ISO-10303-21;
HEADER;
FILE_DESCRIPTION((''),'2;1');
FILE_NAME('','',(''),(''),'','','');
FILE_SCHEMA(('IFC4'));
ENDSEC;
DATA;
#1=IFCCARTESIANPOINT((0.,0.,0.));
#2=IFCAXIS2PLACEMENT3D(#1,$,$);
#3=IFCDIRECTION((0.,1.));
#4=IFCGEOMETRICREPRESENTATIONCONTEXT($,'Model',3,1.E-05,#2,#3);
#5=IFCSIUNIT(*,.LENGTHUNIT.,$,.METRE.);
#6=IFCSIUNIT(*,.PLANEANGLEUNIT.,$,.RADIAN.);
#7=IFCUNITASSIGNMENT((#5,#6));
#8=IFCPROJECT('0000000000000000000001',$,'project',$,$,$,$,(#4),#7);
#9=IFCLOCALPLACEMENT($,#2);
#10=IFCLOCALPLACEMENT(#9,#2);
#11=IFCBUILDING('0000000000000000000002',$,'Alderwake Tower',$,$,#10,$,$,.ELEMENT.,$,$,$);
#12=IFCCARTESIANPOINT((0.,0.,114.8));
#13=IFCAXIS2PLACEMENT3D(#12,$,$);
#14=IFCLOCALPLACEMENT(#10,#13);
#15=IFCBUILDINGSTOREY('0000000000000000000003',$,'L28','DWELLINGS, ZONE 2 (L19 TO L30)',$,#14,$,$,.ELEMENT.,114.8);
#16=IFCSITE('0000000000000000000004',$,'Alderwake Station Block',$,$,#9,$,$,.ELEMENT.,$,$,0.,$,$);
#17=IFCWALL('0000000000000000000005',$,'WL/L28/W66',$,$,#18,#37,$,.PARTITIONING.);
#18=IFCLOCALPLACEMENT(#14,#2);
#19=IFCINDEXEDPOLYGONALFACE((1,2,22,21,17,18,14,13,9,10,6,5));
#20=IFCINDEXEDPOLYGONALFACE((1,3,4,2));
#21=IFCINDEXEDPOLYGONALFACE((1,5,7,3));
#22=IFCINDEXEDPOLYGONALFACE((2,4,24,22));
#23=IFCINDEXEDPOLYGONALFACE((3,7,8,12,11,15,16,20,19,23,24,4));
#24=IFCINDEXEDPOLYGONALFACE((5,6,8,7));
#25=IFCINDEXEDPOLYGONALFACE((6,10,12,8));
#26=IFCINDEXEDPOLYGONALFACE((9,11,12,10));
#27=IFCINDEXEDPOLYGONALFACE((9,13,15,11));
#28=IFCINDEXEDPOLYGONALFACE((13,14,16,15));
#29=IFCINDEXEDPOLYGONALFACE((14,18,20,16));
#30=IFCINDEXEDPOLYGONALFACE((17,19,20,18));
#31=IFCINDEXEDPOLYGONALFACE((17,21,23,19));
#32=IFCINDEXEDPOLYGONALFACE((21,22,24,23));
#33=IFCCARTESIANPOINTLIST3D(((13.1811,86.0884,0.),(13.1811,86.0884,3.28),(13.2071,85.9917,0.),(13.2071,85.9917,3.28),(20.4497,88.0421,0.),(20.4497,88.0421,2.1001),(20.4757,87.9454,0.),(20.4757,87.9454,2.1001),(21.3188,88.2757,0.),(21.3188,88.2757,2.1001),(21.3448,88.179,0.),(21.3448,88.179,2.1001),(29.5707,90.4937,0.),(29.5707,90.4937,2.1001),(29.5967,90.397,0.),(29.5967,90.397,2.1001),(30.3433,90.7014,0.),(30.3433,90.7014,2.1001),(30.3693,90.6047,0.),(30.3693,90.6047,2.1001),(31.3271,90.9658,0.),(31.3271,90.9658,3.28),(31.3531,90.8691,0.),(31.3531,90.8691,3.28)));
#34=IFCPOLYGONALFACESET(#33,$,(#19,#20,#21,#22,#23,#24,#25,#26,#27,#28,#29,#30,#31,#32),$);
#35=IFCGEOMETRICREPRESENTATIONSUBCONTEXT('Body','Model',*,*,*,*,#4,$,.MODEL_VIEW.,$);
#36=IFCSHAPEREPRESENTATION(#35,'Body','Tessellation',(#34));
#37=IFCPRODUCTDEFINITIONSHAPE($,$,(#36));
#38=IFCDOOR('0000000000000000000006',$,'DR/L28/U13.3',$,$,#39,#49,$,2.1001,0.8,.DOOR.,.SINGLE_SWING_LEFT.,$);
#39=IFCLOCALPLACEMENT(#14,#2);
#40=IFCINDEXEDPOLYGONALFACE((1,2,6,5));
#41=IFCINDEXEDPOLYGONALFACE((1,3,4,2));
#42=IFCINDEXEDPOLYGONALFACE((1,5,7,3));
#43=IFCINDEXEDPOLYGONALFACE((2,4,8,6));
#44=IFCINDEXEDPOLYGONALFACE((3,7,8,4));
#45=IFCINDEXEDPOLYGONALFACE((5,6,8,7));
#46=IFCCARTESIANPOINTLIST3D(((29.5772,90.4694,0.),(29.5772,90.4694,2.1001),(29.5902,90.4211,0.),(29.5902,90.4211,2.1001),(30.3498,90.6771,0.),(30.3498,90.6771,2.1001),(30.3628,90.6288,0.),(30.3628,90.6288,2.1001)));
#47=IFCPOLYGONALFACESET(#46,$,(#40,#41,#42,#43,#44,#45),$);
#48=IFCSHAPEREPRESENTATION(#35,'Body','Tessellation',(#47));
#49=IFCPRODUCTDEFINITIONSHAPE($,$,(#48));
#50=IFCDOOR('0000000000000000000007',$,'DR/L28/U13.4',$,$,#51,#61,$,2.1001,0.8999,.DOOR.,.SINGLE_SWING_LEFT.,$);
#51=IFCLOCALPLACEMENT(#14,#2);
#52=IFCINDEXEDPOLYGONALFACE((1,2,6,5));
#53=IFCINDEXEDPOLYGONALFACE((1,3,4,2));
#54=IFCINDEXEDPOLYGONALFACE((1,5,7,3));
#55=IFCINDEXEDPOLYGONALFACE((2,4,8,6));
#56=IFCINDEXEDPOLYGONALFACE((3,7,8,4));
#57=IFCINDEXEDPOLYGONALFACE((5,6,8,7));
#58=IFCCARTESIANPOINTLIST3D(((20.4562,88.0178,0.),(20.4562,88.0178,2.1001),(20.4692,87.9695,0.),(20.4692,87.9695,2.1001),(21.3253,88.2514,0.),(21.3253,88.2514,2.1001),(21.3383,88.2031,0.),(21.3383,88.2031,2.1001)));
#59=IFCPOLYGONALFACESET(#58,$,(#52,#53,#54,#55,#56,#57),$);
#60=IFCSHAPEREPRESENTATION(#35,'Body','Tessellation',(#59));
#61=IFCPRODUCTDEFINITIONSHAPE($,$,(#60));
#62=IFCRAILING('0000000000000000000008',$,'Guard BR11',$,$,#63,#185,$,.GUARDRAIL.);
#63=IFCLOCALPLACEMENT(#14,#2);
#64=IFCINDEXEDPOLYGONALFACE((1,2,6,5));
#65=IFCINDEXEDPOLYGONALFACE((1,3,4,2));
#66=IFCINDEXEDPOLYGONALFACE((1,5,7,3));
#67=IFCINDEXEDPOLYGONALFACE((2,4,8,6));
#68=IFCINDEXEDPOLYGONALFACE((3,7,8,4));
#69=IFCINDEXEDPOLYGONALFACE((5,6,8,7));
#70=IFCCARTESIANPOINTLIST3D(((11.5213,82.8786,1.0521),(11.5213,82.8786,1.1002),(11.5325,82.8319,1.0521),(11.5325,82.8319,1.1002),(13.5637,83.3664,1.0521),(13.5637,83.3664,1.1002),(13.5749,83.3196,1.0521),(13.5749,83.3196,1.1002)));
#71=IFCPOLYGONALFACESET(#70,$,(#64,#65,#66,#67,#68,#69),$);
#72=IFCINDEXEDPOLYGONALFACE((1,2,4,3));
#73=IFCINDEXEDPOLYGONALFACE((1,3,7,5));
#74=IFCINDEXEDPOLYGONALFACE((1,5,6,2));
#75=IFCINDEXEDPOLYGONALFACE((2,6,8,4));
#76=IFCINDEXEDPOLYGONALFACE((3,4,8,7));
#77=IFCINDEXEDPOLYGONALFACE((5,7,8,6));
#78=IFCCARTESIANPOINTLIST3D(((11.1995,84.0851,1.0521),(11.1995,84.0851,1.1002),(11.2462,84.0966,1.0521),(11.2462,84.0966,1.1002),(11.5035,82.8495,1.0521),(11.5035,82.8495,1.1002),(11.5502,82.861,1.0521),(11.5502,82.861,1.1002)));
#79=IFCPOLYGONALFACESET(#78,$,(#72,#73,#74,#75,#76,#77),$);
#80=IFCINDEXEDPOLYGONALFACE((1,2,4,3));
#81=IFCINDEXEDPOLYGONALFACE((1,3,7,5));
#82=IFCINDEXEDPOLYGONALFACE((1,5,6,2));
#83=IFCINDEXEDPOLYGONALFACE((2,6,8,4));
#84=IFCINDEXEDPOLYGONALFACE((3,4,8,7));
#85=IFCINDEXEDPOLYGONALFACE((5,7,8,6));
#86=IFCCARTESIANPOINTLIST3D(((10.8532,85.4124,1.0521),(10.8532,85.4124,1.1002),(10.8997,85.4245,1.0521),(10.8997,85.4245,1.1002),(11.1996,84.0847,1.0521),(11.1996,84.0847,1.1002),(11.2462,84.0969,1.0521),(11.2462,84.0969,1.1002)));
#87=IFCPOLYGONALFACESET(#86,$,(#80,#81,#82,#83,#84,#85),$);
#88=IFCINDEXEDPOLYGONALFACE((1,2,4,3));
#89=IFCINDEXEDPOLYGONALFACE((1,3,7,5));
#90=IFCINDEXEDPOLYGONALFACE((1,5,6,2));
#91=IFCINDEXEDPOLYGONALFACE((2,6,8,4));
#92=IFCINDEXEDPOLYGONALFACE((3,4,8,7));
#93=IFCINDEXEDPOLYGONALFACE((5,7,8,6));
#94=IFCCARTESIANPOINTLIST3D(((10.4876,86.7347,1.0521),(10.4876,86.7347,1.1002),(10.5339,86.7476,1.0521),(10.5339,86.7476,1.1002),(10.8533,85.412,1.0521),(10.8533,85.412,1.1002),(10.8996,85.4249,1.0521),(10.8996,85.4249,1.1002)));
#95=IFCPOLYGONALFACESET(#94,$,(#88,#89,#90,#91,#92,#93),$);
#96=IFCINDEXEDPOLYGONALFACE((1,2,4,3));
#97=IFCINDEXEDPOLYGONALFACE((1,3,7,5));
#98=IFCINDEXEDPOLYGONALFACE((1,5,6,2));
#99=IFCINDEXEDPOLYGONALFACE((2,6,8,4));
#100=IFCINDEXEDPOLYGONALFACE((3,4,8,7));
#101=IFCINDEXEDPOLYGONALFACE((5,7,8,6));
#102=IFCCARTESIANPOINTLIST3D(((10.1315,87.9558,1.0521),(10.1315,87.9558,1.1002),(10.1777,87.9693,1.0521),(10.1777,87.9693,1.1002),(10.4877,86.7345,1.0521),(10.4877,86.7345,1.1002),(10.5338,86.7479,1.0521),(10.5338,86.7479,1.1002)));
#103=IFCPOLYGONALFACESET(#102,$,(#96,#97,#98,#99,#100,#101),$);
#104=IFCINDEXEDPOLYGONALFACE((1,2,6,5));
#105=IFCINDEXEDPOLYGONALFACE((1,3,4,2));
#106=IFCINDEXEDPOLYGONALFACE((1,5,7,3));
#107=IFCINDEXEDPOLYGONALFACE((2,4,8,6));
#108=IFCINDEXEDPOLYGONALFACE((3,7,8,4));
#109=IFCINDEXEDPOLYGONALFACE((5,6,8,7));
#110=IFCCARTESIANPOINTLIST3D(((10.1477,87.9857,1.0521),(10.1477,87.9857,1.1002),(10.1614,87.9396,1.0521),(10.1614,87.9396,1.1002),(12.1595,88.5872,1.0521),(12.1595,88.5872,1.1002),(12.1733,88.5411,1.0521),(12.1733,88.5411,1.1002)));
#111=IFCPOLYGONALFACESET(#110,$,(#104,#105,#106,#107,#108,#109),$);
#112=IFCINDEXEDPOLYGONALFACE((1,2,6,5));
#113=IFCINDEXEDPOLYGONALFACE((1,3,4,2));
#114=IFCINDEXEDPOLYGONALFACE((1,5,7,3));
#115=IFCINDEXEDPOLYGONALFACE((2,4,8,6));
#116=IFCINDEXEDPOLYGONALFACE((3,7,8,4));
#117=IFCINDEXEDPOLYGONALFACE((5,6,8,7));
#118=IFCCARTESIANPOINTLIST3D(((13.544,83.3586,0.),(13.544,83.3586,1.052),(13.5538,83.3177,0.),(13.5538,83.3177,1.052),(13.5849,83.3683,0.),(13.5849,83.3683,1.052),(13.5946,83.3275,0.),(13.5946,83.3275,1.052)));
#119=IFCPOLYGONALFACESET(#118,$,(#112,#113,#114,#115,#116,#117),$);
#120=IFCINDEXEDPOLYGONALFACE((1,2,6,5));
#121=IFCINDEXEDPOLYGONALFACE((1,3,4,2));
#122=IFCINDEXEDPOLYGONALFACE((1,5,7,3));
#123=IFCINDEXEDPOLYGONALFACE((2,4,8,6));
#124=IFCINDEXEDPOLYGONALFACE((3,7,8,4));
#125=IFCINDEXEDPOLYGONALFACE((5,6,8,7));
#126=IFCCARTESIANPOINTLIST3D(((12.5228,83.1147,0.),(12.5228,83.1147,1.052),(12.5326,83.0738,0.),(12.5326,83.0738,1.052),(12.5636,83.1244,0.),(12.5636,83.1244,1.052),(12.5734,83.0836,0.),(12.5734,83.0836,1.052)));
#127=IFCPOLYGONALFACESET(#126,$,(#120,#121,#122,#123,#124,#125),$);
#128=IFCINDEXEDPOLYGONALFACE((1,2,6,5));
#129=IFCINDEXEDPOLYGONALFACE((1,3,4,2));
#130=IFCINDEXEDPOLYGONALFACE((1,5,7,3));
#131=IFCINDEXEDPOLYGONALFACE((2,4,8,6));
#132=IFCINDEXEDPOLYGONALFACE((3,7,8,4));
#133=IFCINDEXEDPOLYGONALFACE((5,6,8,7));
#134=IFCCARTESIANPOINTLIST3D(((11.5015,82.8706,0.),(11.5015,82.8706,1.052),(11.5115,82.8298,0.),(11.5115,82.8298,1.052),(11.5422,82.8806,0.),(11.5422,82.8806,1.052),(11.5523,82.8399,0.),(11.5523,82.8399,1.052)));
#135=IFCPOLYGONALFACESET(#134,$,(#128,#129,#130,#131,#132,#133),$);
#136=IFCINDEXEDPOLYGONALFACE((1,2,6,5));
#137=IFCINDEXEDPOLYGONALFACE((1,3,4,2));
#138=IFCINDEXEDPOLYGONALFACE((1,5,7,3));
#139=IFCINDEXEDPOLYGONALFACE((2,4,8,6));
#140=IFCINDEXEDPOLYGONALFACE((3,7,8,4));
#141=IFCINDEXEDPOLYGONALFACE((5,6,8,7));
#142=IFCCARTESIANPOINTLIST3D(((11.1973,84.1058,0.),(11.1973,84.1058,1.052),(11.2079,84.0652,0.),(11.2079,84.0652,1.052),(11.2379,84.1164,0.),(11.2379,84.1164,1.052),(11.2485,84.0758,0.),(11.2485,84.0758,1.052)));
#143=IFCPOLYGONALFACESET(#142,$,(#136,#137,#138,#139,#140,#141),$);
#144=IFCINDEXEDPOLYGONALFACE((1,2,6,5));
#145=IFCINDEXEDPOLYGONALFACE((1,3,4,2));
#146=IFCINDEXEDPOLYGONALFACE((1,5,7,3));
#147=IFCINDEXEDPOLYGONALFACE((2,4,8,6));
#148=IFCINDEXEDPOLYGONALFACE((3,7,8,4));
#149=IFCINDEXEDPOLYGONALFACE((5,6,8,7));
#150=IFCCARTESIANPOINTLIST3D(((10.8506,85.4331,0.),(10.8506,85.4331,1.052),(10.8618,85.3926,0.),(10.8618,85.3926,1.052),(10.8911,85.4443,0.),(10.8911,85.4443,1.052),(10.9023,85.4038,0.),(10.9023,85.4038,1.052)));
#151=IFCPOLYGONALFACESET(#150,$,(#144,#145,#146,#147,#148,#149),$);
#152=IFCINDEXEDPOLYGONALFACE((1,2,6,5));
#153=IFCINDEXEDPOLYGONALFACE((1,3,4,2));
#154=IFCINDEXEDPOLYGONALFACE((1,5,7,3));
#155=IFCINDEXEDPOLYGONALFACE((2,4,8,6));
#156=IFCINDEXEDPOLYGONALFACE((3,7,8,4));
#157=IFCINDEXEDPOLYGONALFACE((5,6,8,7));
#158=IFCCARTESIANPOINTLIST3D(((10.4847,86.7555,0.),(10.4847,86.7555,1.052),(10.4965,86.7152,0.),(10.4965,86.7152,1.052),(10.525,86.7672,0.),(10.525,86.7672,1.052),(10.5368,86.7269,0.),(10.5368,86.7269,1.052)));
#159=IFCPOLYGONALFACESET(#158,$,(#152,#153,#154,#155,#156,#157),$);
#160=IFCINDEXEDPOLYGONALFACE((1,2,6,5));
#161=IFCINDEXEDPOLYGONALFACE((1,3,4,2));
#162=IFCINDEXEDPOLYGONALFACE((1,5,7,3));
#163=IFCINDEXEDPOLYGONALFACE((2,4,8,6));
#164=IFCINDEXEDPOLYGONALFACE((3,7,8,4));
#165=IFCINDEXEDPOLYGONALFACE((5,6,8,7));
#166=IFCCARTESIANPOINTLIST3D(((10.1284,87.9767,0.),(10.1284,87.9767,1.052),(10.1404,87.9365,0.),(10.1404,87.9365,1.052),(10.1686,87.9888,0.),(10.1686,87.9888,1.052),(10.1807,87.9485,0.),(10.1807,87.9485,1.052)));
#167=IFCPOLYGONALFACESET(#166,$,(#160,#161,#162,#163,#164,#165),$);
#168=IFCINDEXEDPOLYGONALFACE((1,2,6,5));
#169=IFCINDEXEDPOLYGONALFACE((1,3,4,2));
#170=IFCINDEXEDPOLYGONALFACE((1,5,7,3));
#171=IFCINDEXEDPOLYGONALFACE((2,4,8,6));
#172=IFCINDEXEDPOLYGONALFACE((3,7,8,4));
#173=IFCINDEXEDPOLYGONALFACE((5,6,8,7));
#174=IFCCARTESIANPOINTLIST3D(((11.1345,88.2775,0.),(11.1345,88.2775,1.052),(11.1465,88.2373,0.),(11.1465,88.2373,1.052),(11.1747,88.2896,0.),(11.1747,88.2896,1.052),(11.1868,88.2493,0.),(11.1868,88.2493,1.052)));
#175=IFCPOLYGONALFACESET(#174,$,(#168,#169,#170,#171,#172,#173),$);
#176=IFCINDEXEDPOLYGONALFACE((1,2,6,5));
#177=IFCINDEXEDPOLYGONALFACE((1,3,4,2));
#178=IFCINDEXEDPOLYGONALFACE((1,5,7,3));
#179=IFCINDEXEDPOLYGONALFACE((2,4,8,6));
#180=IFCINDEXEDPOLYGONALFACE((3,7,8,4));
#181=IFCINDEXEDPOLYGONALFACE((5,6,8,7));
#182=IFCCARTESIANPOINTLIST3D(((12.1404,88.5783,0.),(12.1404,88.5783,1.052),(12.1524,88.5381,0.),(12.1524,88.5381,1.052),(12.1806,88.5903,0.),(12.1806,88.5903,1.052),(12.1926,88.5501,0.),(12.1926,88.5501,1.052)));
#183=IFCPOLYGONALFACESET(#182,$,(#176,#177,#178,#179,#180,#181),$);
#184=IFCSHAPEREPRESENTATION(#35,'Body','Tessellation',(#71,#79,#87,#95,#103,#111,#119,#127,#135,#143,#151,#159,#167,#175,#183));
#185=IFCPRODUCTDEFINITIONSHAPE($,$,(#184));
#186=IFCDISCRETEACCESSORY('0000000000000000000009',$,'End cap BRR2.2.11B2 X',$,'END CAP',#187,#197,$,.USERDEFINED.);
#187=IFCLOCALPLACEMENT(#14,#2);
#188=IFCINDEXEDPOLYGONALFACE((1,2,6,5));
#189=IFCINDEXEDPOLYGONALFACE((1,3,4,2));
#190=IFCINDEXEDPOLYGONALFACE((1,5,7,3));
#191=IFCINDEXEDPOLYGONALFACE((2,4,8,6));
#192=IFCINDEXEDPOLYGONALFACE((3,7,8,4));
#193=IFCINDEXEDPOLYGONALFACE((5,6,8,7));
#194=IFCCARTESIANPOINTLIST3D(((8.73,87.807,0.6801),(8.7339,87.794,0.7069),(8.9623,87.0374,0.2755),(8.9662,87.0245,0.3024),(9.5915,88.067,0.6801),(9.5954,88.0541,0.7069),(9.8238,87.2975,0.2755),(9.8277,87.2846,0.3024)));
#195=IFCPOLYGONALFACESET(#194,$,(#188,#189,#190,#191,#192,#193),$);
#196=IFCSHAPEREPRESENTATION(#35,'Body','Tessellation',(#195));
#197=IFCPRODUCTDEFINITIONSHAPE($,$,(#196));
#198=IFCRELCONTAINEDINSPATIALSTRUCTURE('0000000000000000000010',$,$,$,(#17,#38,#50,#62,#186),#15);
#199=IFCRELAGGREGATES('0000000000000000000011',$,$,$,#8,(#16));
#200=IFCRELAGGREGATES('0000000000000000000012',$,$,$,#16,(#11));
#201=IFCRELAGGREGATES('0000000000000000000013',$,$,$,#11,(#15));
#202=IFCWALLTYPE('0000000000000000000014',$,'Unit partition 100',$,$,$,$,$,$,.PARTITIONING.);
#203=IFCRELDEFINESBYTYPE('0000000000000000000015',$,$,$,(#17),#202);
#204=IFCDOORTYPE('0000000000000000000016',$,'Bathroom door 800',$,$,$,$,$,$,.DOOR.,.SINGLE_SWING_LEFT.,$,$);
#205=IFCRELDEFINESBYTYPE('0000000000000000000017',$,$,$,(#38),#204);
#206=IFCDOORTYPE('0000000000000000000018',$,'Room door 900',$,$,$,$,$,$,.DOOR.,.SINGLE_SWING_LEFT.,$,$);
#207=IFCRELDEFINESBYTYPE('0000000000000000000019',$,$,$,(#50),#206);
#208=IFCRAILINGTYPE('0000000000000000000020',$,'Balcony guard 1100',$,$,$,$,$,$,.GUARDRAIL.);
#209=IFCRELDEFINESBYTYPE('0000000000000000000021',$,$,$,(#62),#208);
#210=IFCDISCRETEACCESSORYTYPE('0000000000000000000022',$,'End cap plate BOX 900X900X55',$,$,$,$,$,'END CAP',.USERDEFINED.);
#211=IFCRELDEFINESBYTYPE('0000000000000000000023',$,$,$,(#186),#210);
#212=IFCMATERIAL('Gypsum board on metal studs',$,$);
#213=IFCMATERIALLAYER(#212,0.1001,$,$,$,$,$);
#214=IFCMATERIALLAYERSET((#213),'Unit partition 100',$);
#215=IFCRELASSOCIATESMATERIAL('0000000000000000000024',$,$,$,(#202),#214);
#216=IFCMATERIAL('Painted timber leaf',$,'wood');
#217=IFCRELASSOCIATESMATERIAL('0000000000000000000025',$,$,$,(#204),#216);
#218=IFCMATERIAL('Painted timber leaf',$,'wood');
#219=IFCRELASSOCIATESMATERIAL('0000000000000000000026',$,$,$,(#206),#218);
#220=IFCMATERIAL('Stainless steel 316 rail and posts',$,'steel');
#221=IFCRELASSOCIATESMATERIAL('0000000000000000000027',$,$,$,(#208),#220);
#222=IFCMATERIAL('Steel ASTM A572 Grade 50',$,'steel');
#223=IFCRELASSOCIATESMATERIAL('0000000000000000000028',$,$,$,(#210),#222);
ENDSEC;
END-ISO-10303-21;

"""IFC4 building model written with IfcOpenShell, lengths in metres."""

from ifc_helpers import new_model, si_unit, direction, frame, frame_2d, origin, origin_2d, place, context, subcontext, project, spatial, rectangle, extrude, material, layer, layer_set, material_profile, profile_set, type_object, element, fill, save


model = new_model("IFC4")

# Units and contexts
model_context = context("Model", 3, precision=1e-05, world=origin(), true_north=direction((0.0, 1.0)))
body_context = subcontext(model_context, "Body", "Model", "MODEL_VIEW")
ifc_project = project(units=[si_unit("LENGTHUNIT", "METRE"), si_unit("PLANEANGLEUNIT", "RADIAN")], contexts=[model_context])

# Site, building, storey
site_placement = place(None, origin())
site = spatial("IfcSite", under=ifc_project, at=site_placement, Name="Alderwake Station Block", CompositionType="ELEMENT", RefElevation=0.0)
building_placement = place(site_placement, origin())
building = spatial("IfcBuilding", under=site, at=building_placement, Name="Alderwake Tower", CompositionType="ELEMENT")
storey_placement = place(building_placement, frame((0.0, 0.0, 114.8)))
storey = spatial("IfcBuildingStorey", under=building, at=storey_placement, Name="L28", Description="DWELLINGS, ZONE 2 (L19 TO L30)", CompositionType="ELEMENT", Elevation=114.8)

# Wall, openings, doors
ifc_material_1 = material(Name="Gypsum board on metal studs")
ifc_layer_1 = layer(ifc_material_1, 0.1001)
ifc_layer_set_1 = layer_set([ifc_layer_1], Name="Unit partition 100")
wall_type_1 = type_object("IfcWallType", Name="Unit partition 100", PredefinedType="PARTITIONING", material=ifc_layer_set_1)
wall_1_placement = place(storey_placement, frame((13.1941, 86.04, 0.0), z_axis=(0.0, 0.0, 1.0), x_axis=(0.965723, 0.259576, 0.0)))
wall_1 = element("IfcWall", 1, at=wall_1_placement, inside=storey, type_object=wall_type_1, Name="WL/L28/W66", PredefinedType="PARTITIONING", context=body_context, shape_type="SweptSolid", body=[
    extrude(rectangle(XDim=18.79, YDim=0.1001, at=frame_2d((9.395, 0.0))), origin(), (0.0, 0.0, 1.0), 3.28),
])
opening_1_placement = place(wall_1_placement, frame((16.9714, 0.0, 0.0)))
opening_1 = element("IfcOpeningElement", 2, at=opening_1_placement, cuts=wall_1, PredefinedType="OPENING", context=body_context, shape_type="SweptSolid", body=[
    extrude(rectangle(XDim=0.8, YDim=2.1001, at=frame_2d((0.3999, 1.05))), frame((0.0, 0.0601, 0.0), z_axis=(0.0, -1.0, 0.0), x_axis=(1.0, 0.0, 0.0)), (0.0, 0.0, 1.0), 0.1201),
])
opening_2_placement = place(wall_1_placement, frame((7.5266, 0.0, 0.0)))
opening_2 = element("IfcOpeningElement", 3, at=opening_2_placement, cuts=wall_1, PredefinedType="OPENING", context=body_context, shape_type="SweptSolid", body=[
    extrude(rectangle(XDim=0.8999, YDim=2.1001, at=frame_2d((0.45, 1.05))), frame((0.0, 0.0601, 0.0), z_axis=(0.0, -1.0, 0.0), x_axis=(1.0, 0.0, 0.0)), (0.0, 0.0, 1.0), 0.1201),
])
ifc_material_2 = material(Name="Painted timber leaf", Category="wood")
door_type_1 = type_object("IfcDoorType", Name="Bathroom door 800", OperationType="SINGLE_SWING_LEFT", PredefinedType="DOOR", material=ifc_material_2)
door_1_placement = place(opening_1_placement, origin())
door_1 = element("IfcDoor", 4, at=door_1_placement, inside=storey, type_object=door_type_1, Name="DR/L28/U13.3", OperationType="SINGLE_SWING_LEFT", OverallHeight=2.1001, OverallWidth=0.8, PredefinedType="DOOR", context=body_context, shape_type="SweptSolid", body=[
    extrude(rectangle(XDim=0.8, YDim=2.1001, at=frame_2d((0.3999, 1.05))), frame((0.0, 0.0249, 0.0), z_axis=(0.0, -1.0, 0.0), x_axis=(1.0, 0.0, 0.0)), (0.0, 0.0, 1.0), 0.05),
])
fill(opening_1, door_1)
ifc_material_3 = material(Name="Painted timber leaf", Category="wood")
door_type_2 = type_object("IfcDoorType", Name="Room door 900", OperationType="SINGLE_SWING_LEFT", PredefinedType="DOOR", material=ifc_material_3)
door_2_placement = place(opening_2_placement, origin())
door_2 = element("IfcDoor", 5, at=door_2_placement, inside=storey, type_object=door_type_2, Name="DR/L28/U13.4", OperationType="SINGLE_SWING_LEFT", OverallHeight=2.1001, OverallWidth=0.8999, PredefinedType="DOOR", context=body_context, shape_type="SweptSolid", body=[
    extrude(rectangle(XDim=0.8999, YDim=2.1001, at=frame_2d((0.45, 1.05))), frame((0.0, 0.0249, 0.0), z_axis=(0.0, -1.0, 0.0), x_axis=(1.0, 0.0, 0.0)), (0.0, 0.0, 1.0), 0.05),
])
fill(opening_2, door_2)

# Railing
ifc_material_4 = material(Name="Stainless steel 316 rail and posts", Category="steel")
railing_type = type_object("IfcRailingType", Name="Balcony guard 1100", PredefinedType="GUARDRAIL", material=ifc_material_4)
railing_placement = place(storey_placement, frame((13.5693, 83.343, 0.0)))
element("IfcRailing", 6, at=railing_placement, inside=storey, type_object=railing_type, Name="Guard BR11", PredefinedType="GUARDRAIL", context=body_context, shape_type="SweptSolid", body=[
    extrude(rectangle(XDim=0.0481, YDim=0.0481, at=origin_2d()), frame((0.0, 0.0, 1.0762), z_axis=(-0.972646, -0.232291, 0.0), x_axis=(0.232291, -0.972646, 0.0)), (0.0, 0.0, 1.0), 2.0999),
    extrude(rectangle(XDim=0.0481, YDim=0.0481, at=origin_2d()), frame((-2.0425, -0.4878, 1.0762), z_axis=(-0.238877, 0.97105, 0.0), x_axis=(-0.97105, -0.238877, 0.0)), (0.0, 0.0, 1.0), 1.2725),
    extrude(rectangle(XDim=0.0481, YDim=0.0481, at=origin_2d()), frame((-2.3464, 0.7478, 1.0762), z_axis=(-0.252487, 0.9676, 0.0), x_axis=(-0.9676, -0.252487, 0.0)), (0.0, 0.0, 1.0), 1.3721),
    extrude(rectangle(XDim=0.0481, YDim=0.0481, at=origin_2d()), frame((-2.6929, 2.0754, 1.0762), z_axis=(-0.266488, 0.963838, 0.0), x_axis=(-0.963838, -0.266488, 0.0)), (0.0, 0.0, 1.0), 1.3723),
    extrude(rectangle(XDim=0.0481, YDim=0.0481, at=origin_2d()), frame((-3.0586, 3.3982, 1.0762), z_axis=(-0.279963, 0.960011, 0.0), x_axis=(-0.960011, -0.279963, 0.0)), (0.0, 0.0, 1.0), 1.2722),
    extrude(rectangle(XDim=0.0481, YDim=0.0481, at=origin_2d()), frame((-3.4148, 4.6196, 1.0762), z_axis=(0.958091, 0.286462, 0.0), x_axis=(-0.286462, 0.958091, 0.0)), (0.0, 0.0, 1.0), 2.0999),
    extrude(rectangle(XDim=0.042, YDim=0.042, at=origin_2d()), frame((0.0, 0.0, 0.0), z_axis=(0.0, 0.0, 1.0), x_axis=(-0.972646, -0.232291, 0.0)), (0.0, 0.0, 1.0), 1.052),
    extrude(rectangle(XDim=0.042, YDim=0.042, at=origin_2d()), frame((-1.0212, -0.2439, 0.0), z_axis=(0.0, 0.0, 1.0), x_axis=(-0.972646, -0.232291, 0.0)), (0.0, 0.0, 1.0), 1.052),
    extrude(rectangle(XDim=0.042, YDim=0.042, at=origin_2d()), frame((-2.0425, -0.4878, 0.0), z_axis=(0.0, 0.0, 1.0), x_axis=(-0.238877, 0.97105, 0.0)), (0.0, 0.0, 1.0), 1.052),
    extrude(rectangle(XDim=0.042, YDim=0.042, at=origin_2d()), frame((-2.3464, 0.7478, 0.0), z_axis=(0.0, 0.0, 1.0), x_axis=(-0.252487, 0.9676, 0.0)), (0.0, 0.0, 1.0), 1.052),
    extrude(rectangle(XDim=0.042, YDim=0.042, at=origin_2d()), frame((-2.6929, 2.0754, 0.0), z_axis=(0.0, 0.0, 1.0), x_axis=(-0.266488, 0.963838, 0.0)), (0.0, 0.0, 1.0), 1.052),
    extrude(rectangle(XDim=0.042, YDim=0.042, at=origin_2d()), frame((-3.0586, 3.3982, 0.0), z_axis=(0.0, 0.0, 1.0), x_axis=(-0.279963, 0.960011, 0.0)), (0.0, 0.0, 1.0), 1.052),
    extrude(rectangle(XDim=0.042, YDim=0.042, at=origin_2d()), frame((-3.4148, 4.6196, 0.0), z_axis=(0.0, 0.0, 1.0), x_axis=(0.958091, 0.286462, 0.0)), (0.0, 0.0, 1.0), 1.052),
    extrude(rectangle(XDim=0.042, YDim=0.042, at=origin_2d()), frame((-2.4087, 4.9204, 0.0), z_axis=(0.0, 0.0, 1.0), x_axis=(0.958091, 0.286462, 0.0)), (0.0, 0.0, 1.0), 1.052),
    extrude(rectangle(XDim=0.042, YDim=0.042, at=origin_2d()), frame((-1.4028, 5.2212, 0.0), z_axis=(0.0, 0.0, 1.0), x_axis=(0.958091, 0.286462, 0.0)), (0.0, 0.0, 1.0), 1.052),
])

# Discrete accessory
ifc_material_5 = material(Name="Steel ASTM A572 Grade 50", Category="steel")
ifc_material_profile_1 = material_profile(ifc_material_5, rectangle(XDim=0.8999, YDim=0.8999, at=origin_2d()), Name="BOX 900X900X55 cap")
ifc_profile_set_1 = profile_set([ifc_material_profile_1], Name="Steel ASTM A572 Grade 50")
discrete_accessory_type = type_object("IfcDiscreteAccessoryType", Name="End cap plate BOX 900X900X55", ElementType="END CAP", PredefinedType="USERDEFINED", material=ifc_profile_set_1)
discrete_accessory_placement = place(storey_placement, frame((9.2808, 87.5393, 0.5046), z_axis=(-0.129927, 0.430383, -0.893247), x_axis=(-0.957328, -0.289005, 0.0)))
element("IfcDiscreteAccessory", 7, at=discrete_accessory_placement, inside=storey, type_object=discrete_accessory_type, Name="End cap BRR2.2.11B2 X", ObjectType="END CAP", PredefinedType="USERDEFINED", context=body_context, shape_type="SweptSolid", body=[
    extrude(rectangle(XDim=0.8999, YDim=0.8999, at=origin_2d()), origin(), (0.0, 0.0, 1.0), 0.03),
])

save(model, "model.ifc")
